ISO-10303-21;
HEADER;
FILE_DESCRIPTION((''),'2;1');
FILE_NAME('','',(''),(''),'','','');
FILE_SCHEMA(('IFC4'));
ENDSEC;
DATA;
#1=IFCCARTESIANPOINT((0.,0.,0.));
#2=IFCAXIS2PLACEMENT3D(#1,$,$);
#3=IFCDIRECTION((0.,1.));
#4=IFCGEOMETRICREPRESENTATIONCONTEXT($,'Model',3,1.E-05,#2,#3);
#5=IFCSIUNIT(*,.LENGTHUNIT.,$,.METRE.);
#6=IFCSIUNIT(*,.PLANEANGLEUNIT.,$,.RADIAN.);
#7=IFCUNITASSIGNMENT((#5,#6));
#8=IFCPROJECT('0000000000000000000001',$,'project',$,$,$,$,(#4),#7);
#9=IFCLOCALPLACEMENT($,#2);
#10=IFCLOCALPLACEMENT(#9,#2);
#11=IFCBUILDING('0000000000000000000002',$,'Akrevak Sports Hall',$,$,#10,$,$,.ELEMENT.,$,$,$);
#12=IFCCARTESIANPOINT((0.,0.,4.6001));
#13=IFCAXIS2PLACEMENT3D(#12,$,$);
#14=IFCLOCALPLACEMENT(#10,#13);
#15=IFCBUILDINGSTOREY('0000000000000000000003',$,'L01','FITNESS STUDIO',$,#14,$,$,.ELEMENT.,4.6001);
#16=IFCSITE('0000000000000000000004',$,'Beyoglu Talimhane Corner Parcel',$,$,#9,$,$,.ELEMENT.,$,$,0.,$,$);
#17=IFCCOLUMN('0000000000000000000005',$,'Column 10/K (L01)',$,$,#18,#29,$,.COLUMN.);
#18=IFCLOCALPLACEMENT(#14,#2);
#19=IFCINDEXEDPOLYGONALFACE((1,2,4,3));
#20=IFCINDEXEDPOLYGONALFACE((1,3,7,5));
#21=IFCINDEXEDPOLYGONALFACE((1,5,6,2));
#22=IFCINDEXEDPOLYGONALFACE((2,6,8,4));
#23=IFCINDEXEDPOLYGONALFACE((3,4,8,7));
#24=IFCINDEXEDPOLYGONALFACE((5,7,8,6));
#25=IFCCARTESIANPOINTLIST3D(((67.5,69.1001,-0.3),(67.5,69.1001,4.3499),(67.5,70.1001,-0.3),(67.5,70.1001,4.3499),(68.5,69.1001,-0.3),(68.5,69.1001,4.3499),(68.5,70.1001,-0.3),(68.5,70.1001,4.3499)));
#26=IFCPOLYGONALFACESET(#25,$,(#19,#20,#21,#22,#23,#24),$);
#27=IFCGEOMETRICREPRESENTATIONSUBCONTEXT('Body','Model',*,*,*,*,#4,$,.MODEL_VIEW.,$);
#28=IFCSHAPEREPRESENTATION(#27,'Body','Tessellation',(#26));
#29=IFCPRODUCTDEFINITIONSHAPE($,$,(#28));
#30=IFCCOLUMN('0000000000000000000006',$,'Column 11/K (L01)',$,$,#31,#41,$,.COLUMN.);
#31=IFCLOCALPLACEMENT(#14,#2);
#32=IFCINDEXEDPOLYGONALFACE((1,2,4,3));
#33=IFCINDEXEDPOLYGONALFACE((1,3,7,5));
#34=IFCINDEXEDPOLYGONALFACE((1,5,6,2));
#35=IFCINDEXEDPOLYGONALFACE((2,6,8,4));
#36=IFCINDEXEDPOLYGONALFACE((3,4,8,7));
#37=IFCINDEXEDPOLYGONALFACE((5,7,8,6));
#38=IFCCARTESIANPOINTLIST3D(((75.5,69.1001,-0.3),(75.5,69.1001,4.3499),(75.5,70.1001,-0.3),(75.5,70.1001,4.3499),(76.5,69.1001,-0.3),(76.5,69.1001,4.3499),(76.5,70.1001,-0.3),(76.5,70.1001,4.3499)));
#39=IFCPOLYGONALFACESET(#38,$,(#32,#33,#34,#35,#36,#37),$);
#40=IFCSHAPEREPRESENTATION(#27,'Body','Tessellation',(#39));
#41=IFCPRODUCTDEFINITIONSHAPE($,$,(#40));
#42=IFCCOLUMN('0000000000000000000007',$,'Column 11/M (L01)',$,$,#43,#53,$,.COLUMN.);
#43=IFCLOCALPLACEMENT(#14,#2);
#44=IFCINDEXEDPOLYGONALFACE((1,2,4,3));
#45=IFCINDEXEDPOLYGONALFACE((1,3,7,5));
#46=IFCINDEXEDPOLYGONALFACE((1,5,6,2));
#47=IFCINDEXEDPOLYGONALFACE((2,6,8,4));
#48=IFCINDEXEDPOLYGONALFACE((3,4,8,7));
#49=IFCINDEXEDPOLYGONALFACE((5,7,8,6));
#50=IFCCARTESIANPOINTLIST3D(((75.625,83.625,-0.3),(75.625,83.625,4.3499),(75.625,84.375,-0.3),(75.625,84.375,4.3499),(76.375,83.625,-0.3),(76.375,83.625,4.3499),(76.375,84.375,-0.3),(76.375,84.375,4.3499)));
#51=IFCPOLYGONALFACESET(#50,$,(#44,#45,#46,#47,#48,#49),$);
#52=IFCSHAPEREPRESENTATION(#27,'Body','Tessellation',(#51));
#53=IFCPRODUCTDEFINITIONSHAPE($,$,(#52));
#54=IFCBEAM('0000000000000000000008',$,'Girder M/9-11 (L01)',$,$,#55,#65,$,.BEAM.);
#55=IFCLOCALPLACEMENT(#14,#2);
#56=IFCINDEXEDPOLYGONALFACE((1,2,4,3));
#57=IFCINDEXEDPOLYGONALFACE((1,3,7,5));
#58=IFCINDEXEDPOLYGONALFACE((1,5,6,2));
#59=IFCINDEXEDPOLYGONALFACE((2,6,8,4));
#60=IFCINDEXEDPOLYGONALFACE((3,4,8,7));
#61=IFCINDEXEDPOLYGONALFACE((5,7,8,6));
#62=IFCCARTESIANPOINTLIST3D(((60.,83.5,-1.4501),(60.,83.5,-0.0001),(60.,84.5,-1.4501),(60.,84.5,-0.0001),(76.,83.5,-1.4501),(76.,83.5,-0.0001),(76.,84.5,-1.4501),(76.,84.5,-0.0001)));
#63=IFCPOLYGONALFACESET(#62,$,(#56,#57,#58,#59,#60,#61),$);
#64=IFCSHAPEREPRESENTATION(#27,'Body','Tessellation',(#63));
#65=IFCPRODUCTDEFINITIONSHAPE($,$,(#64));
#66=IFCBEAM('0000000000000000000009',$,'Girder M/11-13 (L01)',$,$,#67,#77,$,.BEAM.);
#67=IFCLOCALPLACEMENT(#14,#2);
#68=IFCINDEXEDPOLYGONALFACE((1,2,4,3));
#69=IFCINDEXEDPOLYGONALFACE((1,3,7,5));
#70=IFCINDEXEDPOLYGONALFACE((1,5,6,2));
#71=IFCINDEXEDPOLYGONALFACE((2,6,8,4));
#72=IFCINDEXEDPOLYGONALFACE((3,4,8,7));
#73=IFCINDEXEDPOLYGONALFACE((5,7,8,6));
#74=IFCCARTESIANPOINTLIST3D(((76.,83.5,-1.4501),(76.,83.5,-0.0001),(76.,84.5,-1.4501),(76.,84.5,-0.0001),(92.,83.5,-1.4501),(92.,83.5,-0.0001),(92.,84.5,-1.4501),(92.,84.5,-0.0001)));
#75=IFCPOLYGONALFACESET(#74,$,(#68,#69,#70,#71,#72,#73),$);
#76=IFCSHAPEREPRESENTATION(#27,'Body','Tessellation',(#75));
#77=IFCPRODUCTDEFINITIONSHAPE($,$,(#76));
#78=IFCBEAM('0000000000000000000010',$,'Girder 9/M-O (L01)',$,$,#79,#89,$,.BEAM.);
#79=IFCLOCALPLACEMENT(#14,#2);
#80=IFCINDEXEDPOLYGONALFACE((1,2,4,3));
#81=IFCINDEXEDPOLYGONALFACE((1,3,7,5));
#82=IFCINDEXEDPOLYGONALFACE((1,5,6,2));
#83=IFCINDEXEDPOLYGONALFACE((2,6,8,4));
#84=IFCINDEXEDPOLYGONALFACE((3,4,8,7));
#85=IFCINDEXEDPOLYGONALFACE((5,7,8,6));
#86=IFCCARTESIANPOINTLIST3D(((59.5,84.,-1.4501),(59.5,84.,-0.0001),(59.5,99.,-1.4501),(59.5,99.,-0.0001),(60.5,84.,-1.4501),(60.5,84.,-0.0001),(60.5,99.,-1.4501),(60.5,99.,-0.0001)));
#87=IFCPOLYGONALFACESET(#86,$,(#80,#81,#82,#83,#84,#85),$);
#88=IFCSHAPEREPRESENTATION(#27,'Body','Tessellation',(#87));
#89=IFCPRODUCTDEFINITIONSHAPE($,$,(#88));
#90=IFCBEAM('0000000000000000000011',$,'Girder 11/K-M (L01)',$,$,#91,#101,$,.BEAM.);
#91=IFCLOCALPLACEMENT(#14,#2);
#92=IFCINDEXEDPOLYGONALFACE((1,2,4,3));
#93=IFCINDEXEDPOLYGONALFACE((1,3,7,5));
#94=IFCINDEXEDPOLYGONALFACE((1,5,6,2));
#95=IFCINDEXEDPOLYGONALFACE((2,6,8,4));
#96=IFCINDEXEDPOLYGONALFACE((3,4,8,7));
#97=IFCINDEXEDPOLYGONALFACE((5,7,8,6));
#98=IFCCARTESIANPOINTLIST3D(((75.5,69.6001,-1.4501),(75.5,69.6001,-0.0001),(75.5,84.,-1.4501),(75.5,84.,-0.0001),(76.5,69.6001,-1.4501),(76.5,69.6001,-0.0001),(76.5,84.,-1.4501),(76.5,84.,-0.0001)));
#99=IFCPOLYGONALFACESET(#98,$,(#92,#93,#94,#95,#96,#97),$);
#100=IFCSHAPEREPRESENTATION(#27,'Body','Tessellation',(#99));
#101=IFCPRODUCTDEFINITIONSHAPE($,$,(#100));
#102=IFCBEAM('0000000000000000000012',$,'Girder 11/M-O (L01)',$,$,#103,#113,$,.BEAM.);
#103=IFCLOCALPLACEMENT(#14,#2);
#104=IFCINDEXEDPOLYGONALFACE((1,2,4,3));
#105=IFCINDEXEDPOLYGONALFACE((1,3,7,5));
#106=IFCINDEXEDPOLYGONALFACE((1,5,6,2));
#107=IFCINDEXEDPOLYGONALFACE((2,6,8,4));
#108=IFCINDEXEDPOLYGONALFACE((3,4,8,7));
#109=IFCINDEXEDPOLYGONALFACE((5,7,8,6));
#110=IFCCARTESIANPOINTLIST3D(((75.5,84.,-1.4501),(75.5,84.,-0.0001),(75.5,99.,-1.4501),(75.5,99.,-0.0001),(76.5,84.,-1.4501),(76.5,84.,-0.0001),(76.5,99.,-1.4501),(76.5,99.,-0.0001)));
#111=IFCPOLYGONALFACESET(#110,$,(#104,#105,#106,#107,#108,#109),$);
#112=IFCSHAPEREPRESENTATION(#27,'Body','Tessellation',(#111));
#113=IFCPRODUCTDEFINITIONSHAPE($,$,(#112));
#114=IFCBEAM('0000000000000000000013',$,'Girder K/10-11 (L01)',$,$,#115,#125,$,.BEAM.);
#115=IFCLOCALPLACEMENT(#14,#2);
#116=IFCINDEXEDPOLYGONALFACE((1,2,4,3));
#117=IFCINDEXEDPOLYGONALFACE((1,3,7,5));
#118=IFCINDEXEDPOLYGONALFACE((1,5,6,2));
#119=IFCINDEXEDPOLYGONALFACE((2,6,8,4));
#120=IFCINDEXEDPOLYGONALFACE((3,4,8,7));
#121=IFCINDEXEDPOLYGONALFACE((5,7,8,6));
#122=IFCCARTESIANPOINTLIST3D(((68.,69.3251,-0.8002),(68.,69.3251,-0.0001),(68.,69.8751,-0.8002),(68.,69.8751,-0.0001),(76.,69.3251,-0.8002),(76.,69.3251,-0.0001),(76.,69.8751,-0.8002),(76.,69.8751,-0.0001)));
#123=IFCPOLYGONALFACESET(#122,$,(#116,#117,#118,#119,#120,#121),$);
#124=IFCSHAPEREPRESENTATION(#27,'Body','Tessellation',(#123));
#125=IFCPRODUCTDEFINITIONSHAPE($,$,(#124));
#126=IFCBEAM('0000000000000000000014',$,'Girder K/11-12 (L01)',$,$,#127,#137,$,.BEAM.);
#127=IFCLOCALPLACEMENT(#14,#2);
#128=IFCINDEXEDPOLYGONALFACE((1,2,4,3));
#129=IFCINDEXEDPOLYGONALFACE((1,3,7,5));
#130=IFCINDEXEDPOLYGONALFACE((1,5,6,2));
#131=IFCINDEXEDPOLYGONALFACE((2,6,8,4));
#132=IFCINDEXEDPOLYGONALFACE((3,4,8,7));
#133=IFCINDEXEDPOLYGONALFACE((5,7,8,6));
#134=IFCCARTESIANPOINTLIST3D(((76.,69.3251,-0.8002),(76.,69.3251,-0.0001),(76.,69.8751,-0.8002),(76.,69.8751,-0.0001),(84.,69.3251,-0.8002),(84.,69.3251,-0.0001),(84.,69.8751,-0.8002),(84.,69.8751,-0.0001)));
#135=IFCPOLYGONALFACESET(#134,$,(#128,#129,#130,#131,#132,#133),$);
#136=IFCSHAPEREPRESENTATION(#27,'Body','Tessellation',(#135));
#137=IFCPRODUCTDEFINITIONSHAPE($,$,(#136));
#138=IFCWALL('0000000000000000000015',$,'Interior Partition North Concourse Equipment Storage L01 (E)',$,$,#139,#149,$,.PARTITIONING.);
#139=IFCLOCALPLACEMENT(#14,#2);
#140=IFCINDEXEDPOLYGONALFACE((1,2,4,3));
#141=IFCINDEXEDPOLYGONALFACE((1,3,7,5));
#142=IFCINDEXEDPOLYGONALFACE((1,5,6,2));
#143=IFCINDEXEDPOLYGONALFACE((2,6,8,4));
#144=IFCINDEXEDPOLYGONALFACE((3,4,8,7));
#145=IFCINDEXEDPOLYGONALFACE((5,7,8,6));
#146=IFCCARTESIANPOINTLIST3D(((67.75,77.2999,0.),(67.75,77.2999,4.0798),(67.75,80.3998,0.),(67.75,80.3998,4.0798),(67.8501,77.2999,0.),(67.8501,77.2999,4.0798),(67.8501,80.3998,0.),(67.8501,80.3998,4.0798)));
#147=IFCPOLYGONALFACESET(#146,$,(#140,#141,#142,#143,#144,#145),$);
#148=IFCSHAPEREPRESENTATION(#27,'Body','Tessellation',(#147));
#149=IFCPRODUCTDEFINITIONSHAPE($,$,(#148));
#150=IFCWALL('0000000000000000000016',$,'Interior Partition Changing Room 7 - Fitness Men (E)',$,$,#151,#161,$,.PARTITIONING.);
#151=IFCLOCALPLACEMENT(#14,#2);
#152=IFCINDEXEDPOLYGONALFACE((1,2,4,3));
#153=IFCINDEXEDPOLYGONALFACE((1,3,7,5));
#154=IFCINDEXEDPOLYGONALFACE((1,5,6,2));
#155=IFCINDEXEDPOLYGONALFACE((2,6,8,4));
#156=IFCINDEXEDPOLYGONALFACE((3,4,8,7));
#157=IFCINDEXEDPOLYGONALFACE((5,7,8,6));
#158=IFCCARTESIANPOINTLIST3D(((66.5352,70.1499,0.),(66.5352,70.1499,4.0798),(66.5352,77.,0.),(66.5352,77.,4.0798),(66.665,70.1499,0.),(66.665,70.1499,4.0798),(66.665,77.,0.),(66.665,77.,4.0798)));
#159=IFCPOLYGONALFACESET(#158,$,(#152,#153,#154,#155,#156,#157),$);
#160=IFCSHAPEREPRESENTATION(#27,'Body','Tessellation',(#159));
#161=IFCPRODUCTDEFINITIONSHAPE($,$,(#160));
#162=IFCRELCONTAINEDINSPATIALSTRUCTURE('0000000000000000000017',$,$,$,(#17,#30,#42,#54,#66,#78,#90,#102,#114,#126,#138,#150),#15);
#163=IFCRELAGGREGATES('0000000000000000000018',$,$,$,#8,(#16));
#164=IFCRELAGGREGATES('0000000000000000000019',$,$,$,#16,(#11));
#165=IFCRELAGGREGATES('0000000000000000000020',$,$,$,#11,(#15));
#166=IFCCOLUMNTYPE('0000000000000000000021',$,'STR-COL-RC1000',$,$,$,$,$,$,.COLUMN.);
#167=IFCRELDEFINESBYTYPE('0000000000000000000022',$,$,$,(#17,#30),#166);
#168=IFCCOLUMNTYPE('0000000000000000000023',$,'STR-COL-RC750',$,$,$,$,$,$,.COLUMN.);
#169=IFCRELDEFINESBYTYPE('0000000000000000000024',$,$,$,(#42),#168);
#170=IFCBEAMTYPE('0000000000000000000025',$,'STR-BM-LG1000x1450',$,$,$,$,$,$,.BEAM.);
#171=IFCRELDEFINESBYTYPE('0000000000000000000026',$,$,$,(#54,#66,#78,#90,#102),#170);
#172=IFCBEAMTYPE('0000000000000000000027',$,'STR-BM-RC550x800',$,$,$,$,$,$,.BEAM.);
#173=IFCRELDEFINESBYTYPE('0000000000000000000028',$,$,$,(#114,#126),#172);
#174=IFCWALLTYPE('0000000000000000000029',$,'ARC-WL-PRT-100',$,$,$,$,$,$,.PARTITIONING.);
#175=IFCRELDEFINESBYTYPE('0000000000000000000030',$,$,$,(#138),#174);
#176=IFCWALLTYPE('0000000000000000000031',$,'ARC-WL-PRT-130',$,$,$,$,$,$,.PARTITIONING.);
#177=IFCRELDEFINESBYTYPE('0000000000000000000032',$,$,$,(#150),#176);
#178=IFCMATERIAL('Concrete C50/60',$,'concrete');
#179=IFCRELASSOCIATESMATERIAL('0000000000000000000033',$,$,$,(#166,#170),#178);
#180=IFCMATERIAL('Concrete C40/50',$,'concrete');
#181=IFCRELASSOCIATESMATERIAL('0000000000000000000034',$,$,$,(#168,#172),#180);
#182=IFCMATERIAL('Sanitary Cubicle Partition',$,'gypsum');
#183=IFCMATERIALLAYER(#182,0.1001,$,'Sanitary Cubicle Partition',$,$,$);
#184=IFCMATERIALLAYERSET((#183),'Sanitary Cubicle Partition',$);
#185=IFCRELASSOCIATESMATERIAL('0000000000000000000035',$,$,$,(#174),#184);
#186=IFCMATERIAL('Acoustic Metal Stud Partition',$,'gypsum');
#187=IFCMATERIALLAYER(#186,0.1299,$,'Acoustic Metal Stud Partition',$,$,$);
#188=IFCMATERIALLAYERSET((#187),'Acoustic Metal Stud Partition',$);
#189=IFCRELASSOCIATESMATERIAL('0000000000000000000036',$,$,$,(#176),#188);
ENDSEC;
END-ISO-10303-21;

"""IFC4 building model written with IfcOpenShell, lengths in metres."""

from ifc_helpers import new_model, si_unit, direction, frame, frame_2d, origin, origin_2d, place, context, subcontext, project, spatial, rectangle, extrude, material, layer, layer_set, material_profile, profile_set, type_object, element, save


model = new_model("IFC4")

# Units and contexts
model_context = context("Model", 3, precision=1e-05, world=origin(), true_north=direction((0.0, 1.0)))
body_context = subcontext(model_context, "Body", "Model", "MODEL_VIEW")
ifc_project = project(units=[si_unit("LENGTHUNIT", "METRE"), si_unit("PLANEANGLEUNIT", "RADIAN")], contexts=[model_context])

# Site, building, storey
site_placement = place(None, origin())
site = spatial("IfcSite", under=ifc_project, at=site_placement, Name="Beyoglu Talimhane Corner Parcel", CompositionType="ELEMENT", RefElevation=0.0)
building_placement = place(site_placement, origin())
building = spatial("IfcBuilding", under=site, at=building_placement, Name="Akrevak Sports Hall", CompositionType="ELEMENT")
storey_placement = place(building_placement, frame((0.0, 0.0, 4.6001)))
storey = spatial("IfcBuildingStorey", under=building, at=storey_placement, Name="L01", Description="FITNESS STUDIO", CompositionType="ELEMENT", Elevation=4.6001)

# Columns
ifc_material_1 = material(Name="Concrete C50/60", Category="concrete")
ifc_material_profile_1 = material_profile(ifc_material_1, rectangle(XDim=1.0, YDim=1.0, at=origin_2d()), Name="RC 1000x1000", Category="concrete")
ifc_profile_set_1 = profile_set([ifc_material_profile_1], Name="Concrete C50/60")
column_type_1 = type_object("IfcColumnType", Name="STR-COL-RC1000", PredefinedType="COLUMN", material=ifc_profile_set_1)
for number, where, z_axis, x_axis, name in (
    (1, (68.0, 69.6001, -0.3), (0.0, 0.0, 1.0), (1.0, 0.0, 0.0), "Column 10/K (L01)"),
    (2, (76.0, 69.6001, -0.3), (0.0, 0.0, 1.0), (1.0, 0.0, 0.0), "Column 11/K (L01)"),
):
    element("IfcColumn", number, at=place(storey_placement, frame(where, z_axis=z_axis, x_axis=x_axis)), inside=storey, type_object=column_type_1, Name=name, PredefinedType="COLUMN", context=body_context, shape_type="SweptSolid", body=[
        extrude(rectangle(XDim=1.0, YDim=1.0, at=origin_2d()), origin(), (0.0, 0.0, 1.0), 4.6499),
    ])
ifc_material_2 = material(Name="Concrete C40/50", Category="concrete")
ifc_material_profile_2 = material_profile(ifc_material_2, rectangle(XDim=0.75, YDim=0.75, at=origin_2d()), Name="RC 750x750", Category="concrete")
ifc_profile_set_2 = profile_set([ifc_material_profile_2], Name="Concrete C40/50")
column_type_2 = type_object("IfcColumnType", Name="STR-COL-RC750", PredefinedType="COLUMN", material=ifc_profile_set_2)
column_placement = place(storey_placement, frame((76.0, 84.0, -0.3), z_axis=(0.0, 0.0, 1.0), x_axis=(1.0, 0.0, 0.0)))
element("IfcColumn", 3, at=column_placement, inside=storey, type_object=column_type_2, Name="Column 11/M (L01)", PredefinedType="COLUMN", context=body_context, shape_type="SweptSolid", body=[
    extrude(rectangle(XDim=0.75, YDim=0.75, at=origin_2d()), origin(), (0.0, 0.0, 1.0), 4.6499),
])

# Beams
ifc_material_profile_3 = material_profile(ifc_material_1, rectangle(XDim=1.0, YDim=1.45, at=origin_2d()), Name="BM 1000x1450", Category="concrete")
ifc_profile_set_3 = profile_set([ifc_material_profile_3], Name="Concrete C50/60")
beam_type_1 = type_object("IfcBeamType", Name="STR-BM-LG1000x1450", PredefinedType="BEAM", material=ifc_profile_set_3)
for number, where, z_axis, x_axis, name in (
    (4, (60.0, 84.0, -0.7251), (1.0, 0.0, 0.0), (0.0, 1.0, 0.0), "Girder M/9-11 (L01)"),
    (5, (76.0, 84.0, -0.7251), (1.0, 0.0, 0.0), (0.0, 1.0, 0.0), "Girder M/11-13 (L01)"),
):
    element("IfcBeam", number, at=place(storey_placement, frame(where, z_axis=z_axis, x_axis=x_axis)), inside=storey, type_object=beam_type_1, Name=name, PredefinedType="BEAM", context=body_context, shape_type="SweptSolid", body=[
        extrude(rectangle(XDim=1.0, YDim=1.45, at=origin_2d()), origin(), (0.0, 0.0, 1.0), 16.0),
    ])
beam_1_placement = place(storey_placement, frame((60.0, 84.0, -0.7251), z_axis=(0.0, 1.0, 0.0), x_axis=(-1.0, 0.0, 0.0)))
element("IfcBeam", 6, at=beam_1_placement, inside=storey, type_object=beam_type_1, Name="Girder 9/M-O (L01)", PredefinedType="BEAM", context=body_context, shape_type="SweptSolid", body=[
    extrude(rectangle(XDim=1.0, YDim=1.45, at=origin_2d()), origin(), (0.0, 0.0, 1.0), 15.0),
])
beam_2_placement = place(storey_placement, frame((76.0, 69.6001, -0.7251), z_axis=(0.0, 1.0, 0.0), x_axis=(-1.0, 0.0, 0.0)))
element("IfcBeam", 7, at=beam_2_placement, inside=storey, type_object=beam_type_1, Name="Girder 11/K-M (L01)", PredefinedType="BEAM", context=body_context, shape_type="SweptSolid", body=[
    extrude(rectangle(XDim=1.0, YDim=1.45, at=origin_2d()), origin(), (0.0, 0.0, 1.0), 14.3999),
])
beam_3_placement = place(storey_placement, frame((76.0, 84.0, -0.7251), z_axis=(0.0, 1.0, 0.0), x_axis=(-1.0, 0.0, 0.0)))
element("IfcBeam", 8, at=beam_3_placement, inside=storey, type_object=beam_type_1, Name="Girder 11/M-O (L01)", PredefinedType="BEAM", context=body_context, shape_type="SweptSolid", body=[
    extrude(rectangle(XDim=1.0, YDim=1.45, at=origin_2d()), origin(), (0.0, 0.0, 1.0), 15.0),
])
ifc_material_profile_4 = material_profile(ifc_material_2, rectangle(XDim=0.55, YDim=0.8, at=origin_2d()), Name="BM 550x800", Category="concrete")
ifc_profile_set_4 = profile_set([ifc_material_profile_4], Name="Concrete C40/50")
beam_type_2 = type_object("IfcBeamType", Name="STR-BM-RC550x800", PredefinedType="BEAM", material=ifc_profile_set_4)
for number, where, z_axis, x_axis, name in (
    (9, (68.0, 69.6001, -0.4001), (1.0, 0.0, 0.0), (0.0, 1.0, 0.0), "Girder K/10-11 (L01)"),
    (10, (76.0, 69.6001, -0.4001), (1.0, 0.0, 0.0), (0.0, 1.0, 0.0), "Girder K/11-12 (L01)"),
):
    element("IfcBeam", number, at=place(storey_placement, frame(where, z_axis=z_axis, x_axis=x_axis)), inside=storey, type_object=beam_type_2, Name=name, PredefinedType="BEAM", context=body_context, shape_type="SweptSolid", body=[
        extrude(rectangle(XDim=0.55, YDim=0.8, at=origin_2d()), origin(), (0.0, 0.0, 1.0), 8.0),
    ])

# Walls
ifc_material_3 = material(Name="Sanitary Cubicle Partition", Category="gypsum")
ifc_layer_1 = layer(ifc_material_3, 0.1001, Name="Sanitary Cubicle Partition")
ifc_layer_set_1 = layer_set([ifc_layer_1], Name="Sanitary Cubicle Partition")
wall_type_1 = type_object("IfcWallType", Name="ARC-WL-PRT-100", PredefinedType="PARTITIONING", material=ifc_layer_set_1)
wall_1_placement = place(storey_placement, frame((67.8, 77.3, 0.0), z_axis=(0.0, 0.0, 1.0), x_axis=(0.0, 1.0, 0.0)))
element("IfcWall", 11, at=wall_1_placement, inside=storey, type_object=wall_type_1, Name="Interior Partition North Concourse Equipment Storage L01 (E)", PredefinedType="PARTITIONING", context=body_context, shape_type="SweptSolid", body=[
    extrude(rectangle(XDim=3.0999, YDim=0.1001, at=frame_2d((1.5498, 0.0))), origin(), (0.0, 0.0, 1.0), 4.0798),
])
ifc_material_4 = material(Name="Acoustic Metal Stud Partition", Category="gypsum")
ifc_layer_2 = layer(ifc_material_4, 0.1299, Name="Acoustic Metal Stud Partition")
ifc_layer_set_2 = layer_set([ifc_layer_2], Name="Acoustic Metal Stud Partition")
wall_type_2 = type_object("IfcWallType", Name="ARC-WL-PRT-130", PredefinedType="PARTITIONING", material=ifc_layer_set_2)
wall_2_placement = place(storey_placement, frame((66.6001, 70.1499, 0.0), z_axis=(0.0, 0.0, 1.0), x_axis=(0.0, 1.0, 0.0)))
element("IfcWall", 12, at=wall_2_placement, inside=storey, type_object=wall_type_2, Name="Interior Partition Changing Room 7 - Fitness Men (E)", PredefinedType="PARTITIONING", context=body_context, shape_type="SweptSolid", body=[
    extrude(rectangle(XDim=6.8501, YDim=0.1299, at=frame_2d((3.425, 0.0))), origin(), (0.0, 0.0, 1.0), 4.0798),
])

save(model, "model.ifc")
